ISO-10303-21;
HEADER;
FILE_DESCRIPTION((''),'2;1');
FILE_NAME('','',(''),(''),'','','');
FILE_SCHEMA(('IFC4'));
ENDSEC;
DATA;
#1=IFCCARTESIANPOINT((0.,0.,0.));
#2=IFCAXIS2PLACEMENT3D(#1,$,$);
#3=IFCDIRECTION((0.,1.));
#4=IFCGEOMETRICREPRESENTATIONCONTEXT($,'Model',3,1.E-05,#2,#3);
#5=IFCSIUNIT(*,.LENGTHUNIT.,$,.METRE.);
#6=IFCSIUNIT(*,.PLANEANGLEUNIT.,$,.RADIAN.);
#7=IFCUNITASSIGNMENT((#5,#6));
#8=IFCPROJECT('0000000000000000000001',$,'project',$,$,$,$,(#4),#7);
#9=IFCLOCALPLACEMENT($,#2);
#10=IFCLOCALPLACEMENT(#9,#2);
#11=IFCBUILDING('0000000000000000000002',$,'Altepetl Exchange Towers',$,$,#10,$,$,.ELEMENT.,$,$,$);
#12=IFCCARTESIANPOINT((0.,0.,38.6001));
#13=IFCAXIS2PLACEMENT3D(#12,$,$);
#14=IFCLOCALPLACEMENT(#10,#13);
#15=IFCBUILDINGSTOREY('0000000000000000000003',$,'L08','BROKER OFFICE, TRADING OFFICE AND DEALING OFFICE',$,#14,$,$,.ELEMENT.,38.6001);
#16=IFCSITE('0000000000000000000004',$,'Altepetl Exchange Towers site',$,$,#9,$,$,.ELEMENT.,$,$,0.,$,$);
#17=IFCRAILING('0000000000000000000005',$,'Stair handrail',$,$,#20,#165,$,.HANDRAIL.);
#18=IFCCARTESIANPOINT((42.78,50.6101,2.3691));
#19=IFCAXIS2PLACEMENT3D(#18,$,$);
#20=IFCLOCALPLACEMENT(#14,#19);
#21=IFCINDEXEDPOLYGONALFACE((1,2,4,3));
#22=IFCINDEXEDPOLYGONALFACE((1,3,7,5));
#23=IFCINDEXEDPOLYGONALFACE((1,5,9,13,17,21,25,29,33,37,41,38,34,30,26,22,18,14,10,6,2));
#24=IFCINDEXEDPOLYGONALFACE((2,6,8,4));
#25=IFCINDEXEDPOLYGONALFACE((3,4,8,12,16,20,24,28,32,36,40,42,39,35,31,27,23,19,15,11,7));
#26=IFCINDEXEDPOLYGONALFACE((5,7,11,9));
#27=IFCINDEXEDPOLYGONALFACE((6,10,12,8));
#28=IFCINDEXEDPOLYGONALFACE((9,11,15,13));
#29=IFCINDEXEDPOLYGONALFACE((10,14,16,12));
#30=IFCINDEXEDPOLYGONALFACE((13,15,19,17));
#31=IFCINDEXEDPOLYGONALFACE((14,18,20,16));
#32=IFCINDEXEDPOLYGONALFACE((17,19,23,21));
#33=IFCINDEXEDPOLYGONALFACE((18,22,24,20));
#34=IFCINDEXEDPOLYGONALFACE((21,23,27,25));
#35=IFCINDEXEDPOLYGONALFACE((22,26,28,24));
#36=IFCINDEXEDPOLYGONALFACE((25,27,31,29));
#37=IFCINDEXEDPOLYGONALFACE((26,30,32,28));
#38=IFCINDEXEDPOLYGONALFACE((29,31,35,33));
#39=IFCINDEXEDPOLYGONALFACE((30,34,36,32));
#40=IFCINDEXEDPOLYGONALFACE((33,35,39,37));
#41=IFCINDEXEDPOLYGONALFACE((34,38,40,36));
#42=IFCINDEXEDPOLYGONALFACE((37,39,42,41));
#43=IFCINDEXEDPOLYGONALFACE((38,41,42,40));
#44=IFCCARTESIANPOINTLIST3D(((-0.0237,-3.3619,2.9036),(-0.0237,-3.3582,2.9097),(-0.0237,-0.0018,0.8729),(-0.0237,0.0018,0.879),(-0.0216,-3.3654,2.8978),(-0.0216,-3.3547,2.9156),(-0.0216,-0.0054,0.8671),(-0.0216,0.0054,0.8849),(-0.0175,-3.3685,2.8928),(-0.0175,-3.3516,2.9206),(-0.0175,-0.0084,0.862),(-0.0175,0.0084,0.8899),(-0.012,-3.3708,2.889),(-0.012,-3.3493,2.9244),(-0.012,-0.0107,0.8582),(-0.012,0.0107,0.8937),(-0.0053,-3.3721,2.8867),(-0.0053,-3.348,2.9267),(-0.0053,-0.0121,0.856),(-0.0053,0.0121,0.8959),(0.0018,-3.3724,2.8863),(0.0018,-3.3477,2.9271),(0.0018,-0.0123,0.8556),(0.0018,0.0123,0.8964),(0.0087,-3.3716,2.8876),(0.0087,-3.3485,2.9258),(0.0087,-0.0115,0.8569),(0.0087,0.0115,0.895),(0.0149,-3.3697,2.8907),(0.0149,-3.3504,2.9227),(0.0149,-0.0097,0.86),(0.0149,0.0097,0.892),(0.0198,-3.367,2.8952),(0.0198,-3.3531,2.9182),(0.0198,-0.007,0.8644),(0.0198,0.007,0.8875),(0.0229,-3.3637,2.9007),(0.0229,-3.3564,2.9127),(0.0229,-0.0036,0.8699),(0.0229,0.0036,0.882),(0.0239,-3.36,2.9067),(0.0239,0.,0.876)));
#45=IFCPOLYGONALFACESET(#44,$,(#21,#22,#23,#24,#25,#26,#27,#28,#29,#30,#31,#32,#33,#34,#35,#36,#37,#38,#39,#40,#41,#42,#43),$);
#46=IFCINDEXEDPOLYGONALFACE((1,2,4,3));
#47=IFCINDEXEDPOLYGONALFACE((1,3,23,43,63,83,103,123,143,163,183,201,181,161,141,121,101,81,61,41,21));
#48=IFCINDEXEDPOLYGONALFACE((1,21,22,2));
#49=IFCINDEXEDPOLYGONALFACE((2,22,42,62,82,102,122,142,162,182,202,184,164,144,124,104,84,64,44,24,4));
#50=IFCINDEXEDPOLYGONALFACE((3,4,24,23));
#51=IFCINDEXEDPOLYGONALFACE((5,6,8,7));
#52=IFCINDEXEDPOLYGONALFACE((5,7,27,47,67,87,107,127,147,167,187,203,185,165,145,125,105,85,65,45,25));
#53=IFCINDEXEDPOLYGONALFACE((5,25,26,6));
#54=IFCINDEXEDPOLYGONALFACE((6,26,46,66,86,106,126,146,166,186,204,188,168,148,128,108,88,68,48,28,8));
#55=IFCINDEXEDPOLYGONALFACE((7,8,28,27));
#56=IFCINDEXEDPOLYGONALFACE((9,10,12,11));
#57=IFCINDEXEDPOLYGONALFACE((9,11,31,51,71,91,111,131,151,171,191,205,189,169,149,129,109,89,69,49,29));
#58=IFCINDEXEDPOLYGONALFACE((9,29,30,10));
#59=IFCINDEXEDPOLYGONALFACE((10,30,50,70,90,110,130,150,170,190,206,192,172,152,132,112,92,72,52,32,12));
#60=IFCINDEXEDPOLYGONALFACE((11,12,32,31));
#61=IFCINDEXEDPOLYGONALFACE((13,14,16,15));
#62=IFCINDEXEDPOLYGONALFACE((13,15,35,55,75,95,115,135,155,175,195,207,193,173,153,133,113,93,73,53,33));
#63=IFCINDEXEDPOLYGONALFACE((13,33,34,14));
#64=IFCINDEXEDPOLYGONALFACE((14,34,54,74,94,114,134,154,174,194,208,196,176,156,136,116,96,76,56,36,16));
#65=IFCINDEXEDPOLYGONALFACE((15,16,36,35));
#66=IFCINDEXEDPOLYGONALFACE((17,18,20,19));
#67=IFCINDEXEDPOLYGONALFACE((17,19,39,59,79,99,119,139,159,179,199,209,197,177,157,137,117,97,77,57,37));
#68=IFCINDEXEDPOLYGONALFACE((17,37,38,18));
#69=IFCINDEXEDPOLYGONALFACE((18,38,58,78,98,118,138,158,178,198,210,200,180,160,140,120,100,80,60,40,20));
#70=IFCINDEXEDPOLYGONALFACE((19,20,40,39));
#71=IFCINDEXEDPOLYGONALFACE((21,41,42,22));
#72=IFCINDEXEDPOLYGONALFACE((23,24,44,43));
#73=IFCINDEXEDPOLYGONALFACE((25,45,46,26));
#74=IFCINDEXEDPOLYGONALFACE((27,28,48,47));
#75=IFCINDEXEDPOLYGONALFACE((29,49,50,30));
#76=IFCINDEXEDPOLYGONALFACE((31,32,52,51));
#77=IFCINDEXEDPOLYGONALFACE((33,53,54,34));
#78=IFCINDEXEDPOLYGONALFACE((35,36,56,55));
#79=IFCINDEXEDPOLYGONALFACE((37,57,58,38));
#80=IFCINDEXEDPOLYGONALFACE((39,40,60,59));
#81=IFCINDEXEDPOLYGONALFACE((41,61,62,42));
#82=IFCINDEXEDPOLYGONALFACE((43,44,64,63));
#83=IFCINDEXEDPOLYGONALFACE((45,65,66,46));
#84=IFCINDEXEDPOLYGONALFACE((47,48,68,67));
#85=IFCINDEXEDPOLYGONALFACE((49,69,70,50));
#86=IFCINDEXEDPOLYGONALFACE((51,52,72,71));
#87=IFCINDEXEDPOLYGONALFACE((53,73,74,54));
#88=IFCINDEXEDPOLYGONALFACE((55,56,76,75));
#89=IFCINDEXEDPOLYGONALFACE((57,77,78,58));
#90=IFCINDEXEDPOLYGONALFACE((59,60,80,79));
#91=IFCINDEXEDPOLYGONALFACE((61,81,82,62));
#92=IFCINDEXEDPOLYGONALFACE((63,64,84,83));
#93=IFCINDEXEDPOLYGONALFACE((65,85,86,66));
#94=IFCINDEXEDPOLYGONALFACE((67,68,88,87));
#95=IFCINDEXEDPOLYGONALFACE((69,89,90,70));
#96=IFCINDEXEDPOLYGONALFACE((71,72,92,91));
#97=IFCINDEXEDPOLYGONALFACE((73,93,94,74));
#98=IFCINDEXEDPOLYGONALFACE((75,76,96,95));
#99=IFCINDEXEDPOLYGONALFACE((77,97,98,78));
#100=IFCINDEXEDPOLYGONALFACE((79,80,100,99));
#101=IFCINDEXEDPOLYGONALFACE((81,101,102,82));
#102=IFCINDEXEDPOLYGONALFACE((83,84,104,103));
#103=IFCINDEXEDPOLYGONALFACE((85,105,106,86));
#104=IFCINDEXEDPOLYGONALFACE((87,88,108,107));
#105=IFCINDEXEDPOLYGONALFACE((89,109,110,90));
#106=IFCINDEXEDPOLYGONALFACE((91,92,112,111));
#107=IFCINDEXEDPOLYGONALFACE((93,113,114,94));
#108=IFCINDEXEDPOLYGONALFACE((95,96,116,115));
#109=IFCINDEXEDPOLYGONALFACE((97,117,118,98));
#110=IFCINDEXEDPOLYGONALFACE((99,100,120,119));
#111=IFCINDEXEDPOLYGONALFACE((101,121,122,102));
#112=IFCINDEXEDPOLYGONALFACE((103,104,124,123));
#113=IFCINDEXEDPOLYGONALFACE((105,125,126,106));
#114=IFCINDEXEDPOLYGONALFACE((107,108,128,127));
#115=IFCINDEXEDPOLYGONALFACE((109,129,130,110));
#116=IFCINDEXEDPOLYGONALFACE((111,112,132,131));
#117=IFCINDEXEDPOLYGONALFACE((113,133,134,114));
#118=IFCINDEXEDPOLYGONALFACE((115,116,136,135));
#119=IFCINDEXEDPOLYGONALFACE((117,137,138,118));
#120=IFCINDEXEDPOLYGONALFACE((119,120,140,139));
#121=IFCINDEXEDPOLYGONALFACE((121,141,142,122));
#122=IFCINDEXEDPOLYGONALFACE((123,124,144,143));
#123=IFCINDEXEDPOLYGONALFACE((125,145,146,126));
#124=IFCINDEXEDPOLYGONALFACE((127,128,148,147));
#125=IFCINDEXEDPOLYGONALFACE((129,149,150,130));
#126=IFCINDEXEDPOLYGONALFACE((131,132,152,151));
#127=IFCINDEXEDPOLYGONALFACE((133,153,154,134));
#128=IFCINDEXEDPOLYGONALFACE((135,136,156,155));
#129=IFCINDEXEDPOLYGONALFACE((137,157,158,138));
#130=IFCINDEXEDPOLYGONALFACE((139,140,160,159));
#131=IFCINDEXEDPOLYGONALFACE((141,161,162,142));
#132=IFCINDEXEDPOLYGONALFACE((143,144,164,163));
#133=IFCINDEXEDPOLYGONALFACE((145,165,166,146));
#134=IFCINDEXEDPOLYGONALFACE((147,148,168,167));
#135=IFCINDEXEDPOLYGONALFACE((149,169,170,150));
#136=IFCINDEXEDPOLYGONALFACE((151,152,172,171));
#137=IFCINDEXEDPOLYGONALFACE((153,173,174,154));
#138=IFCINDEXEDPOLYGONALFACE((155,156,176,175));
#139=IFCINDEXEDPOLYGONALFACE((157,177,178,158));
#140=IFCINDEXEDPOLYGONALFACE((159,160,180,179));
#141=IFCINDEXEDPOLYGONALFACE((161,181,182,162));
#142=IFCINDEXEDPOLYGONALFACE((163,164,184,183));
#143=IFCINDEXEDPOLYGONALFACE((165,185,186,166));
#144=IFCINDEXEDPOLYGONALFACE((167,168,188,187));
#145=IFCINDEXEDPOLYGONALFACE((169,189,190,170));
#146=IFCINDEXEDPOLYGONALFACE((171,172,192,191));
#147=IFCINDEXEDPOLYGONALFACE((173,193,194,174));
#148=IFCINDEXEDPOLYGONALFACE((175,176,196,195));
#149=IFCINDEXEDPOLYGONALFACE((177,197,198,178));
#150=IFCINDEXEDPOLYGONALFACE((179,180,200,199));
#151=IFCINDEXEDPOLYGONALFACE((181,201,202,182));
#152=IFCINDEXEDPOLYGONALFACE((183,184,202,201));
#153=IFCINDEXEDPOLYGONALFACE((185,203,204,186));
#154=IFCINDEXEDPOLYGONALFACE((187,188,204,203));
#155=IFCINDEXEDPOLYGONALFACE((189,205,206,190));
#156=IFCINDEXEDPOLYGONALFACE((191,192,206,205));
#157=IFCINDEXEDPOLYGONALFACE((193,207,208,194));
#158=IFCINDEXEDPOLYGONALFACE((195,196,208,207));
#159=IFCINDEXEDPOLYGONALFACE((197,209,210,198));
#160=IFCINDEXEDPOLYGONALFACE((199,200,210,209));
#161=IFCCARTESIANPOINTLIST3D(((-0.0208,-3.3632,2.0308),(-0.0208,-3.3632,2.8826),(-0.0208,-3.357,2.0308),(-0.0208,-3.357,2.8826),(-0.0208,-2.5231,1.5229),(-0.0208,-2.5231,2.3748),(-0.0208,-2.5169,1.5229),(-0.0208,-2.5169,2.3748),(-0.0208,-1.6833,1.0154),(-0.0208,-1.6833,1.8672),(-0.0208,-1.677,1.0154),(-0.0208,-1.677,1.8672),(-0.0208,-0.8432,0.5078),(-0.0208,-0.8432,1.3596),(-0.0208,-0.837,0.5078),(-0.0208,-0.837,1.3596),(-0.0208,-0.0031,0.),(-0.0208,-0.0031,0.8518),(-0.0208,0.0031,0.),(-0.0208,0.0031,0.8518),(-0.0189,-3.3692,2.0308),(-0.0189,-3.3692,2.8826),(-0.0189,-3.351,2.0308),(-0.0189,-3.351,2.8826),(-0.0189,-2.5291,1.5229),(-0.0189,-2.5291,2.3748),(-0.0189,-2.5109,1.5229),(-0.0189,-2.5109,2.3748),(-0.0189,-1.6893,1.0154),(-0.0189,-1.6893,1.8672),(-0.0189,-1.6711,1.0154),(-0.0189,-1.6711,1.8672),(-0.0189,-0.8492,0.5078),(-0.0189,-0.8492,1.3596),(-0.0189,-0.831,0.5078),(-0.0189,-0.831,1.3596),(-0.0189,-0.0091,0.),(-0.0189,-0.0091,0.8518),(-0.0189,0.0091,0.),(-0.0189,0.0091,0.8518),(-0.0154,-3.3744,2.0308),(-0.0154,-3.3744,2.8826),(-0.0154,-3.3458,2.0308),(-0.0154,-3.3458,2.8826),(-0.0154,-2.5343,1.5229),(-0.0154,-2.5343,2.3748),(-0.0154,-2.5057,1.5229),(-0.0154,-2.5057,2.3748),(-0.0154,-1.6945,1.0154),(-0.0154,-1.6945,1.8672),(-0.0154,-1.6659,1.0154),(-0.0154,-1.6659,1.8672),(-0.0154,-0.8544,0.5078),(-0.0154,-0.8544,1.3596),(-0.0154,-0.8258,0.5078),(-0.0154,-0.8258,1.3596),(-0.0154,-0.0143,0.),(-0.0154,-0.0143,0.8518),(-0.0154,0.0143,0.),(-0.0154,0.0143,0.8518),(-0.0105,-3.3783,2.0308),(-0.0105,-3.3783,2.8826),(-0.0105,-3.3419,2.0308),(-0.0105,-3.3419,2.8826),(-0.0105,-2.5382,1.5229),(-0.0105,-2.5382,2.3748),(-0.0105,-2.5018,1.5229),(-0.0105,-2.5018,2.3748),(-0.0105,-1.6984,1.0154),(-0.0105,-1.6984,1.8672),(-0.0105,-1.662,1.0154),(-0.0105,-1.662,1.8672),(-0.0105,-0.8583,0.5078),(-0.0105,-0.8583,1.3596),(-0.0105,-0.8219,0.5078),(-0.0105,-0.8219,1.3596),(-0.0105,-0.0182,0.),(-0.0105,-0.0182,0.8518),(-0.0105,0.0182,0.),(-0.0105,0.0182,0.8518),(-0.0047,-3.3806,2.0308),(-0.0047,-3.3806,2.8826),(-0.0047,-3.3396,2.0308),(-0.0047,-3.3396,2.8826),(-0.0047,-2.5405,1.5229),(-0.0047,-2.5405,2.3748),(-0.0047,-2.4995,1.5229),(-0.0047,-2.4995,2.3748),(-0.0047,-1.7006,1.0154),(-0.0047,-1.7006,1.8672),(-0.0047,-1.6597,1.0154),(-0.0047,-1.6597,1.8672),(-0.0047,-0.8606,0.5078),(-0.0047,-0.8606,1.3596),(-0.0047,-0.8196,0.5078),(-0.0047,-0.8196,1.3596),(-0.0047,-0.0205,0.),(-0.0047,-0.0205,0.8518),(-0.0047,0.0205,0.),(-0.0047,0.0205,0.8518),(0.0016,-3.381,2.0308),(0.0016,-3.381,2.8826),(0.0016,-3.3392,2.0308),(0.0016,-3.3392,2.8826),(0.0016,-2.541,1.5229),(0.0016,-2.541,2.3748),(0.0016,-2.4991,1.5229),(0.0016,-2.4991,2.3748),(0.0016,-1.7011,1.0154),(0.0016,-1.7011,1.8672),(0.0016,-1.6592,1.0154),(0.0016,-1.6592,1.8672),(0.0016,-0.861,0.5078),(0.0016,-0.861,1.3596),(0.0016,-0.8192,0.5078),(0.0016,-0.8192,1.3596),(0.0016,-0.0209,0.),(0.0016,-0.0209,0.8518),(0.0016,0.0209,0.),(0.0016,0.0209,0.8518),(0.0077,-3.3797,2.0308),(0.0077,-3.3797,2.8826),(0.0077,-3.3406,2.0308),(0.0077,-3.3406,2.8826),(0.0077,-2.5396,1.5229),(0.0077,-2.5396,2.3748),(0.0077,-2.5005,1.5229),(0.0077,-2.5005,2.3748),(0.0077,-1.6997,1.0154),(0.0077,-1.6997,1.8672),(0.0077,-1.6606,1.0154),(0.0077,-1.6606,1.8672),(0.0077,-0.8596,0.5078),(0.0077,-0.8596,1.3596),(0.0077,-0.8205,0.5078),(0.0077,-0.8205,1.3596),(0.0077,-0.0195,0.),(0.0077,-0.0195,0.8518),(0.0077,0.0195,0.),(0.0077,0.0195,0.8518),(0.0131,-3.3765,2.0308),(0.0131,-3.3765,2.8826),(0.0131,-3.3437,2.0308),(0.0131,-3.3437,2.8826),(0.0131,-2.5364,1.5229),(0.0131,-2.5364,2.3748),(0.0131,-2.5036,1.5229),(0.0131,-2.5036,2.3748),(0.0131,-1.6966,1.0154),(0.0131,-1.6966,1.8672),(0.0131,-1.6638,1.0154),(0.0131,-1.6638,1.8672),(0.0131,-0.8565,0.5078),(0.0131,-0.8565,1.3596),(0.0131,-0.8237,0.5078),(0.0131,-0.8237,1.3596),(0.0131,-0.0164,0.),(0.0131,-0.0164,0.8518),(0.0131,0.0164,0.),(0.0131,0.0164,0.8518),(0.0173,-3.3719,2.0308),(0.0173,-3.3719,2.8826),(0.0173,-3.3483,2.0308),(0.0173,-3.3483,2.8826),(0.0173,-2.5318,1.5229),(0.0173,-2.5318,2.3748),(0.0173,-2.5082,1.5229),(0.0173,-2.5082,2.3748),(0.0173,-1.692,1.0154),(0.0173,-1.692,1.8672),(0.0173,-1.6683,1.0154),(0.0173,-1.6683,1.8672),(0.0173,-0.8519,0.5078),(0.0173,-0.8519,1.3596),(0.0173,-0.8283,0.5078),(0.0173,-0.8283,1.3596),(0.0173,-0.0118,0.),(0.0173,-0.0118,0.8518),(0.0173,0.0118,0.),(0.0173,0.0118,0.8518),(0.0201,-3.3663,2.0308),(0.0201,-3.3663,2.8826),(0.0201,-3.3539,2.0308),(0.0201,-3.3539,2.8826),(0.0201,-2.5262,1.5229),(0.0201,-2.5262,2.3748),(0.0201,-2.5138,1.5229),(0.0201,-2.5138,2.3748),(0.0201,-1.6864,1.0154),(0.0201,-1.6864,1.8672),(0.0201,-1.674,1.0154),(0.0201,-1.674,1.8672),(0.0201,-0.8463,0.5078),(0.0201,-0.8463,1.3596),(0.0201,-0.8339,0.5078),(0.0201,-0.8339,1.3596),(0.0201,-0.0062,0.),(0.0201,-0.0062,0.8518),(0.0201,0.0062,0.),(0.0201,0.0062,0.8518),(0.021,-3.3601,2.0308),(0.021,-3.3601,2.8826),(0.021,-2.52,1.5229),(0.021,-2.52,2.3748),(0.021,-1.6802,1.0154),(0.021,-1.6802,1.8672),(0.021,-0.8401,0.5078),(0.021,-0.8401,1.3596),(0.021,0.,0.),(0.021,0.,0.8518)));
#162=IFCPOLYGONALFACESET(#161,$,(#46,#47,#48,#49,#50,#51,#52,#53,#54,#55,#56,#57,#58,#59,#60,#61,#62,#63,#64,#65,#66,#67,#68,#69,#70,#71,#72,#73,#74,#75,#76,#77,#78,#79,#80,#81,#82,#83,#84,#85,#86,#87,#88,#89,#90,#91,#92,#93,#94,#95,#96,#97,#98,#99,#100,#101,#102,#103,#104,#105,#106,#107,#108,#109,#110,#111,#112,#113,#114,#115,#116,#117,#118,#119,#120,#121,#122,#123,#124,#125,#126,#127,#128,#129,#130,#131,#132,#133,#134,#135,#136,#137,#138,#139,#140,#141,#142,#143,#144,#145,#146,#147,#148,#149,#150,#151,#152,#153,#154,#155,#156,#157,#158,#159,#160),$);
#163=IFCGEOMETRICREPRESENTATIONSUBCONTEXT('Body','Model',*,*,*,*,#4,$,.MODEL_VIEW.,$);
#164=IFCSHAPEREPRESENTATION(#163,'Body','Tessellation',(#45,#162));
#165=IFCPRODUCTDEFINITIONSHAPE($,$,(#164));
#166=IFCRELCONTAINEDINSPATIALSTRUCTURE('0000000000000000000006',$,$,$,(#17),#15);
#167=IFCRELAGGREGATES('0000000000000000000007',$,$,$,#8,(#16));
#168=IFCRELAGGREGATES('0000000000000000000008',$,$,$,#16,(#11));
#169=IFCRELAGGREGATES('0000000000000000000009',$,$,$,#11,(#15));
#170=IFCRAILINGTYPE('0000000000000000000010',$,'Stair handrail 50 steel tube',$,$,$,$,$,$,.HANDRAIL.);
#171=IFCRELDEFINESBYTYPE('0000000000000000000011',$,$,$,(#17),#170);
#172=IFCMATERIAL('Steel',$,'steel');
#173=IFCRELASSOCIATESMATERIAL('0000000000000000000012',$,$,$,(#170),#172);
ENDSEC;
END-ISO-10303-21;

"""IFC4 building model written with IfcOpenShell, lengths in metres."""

from ifc_helpers import new_model, si_unit, direction, frame, origin, origin_2d, place, context, subcontext, project, spatial, circle, extrude, source, transform, mapped, material, type_object, element, save


model = new_model("IFC4")

# Units and contexts
model_context = context("Model", 3, precision=1e-05, world=origin(), true_north=direction((0.0, 1.0)))
body_context = subcontext(model_context, "Body", "Model", "MODEL_VIEW")
ifc_project = project(units=[si_unit("LENGTHUNIT", "METRE"), si_unit("PLANEANGLEUNIT", "RADIAN")], contexts=[model_context])

# Site, building, storey
site_placement = place(None, origin())
site = spatial("IfcSite", under=ifc_project, at=site_placement, Name="Altepetl Exchange Towers site", CompositionType="ELEMENT", RefElevation=0.0)
building_placement = place(site_placement, origin())
building = spatial("IfcBuilding", under=site, at=building_placement, Name="Altepetl Exchange Towers", CompositionType="ELEMENT")
storey_placement = place(building_placement, frame((0.0, 0.0, 38.6001)))
storey = spatial("IfcBuildingStorey", under=building, at=storey_placement, Name="L08", Description="BROKER OFFICE, TRADING OFFICE AND DEALING OFFICE", CompositionType="ELEMENT", Elevation=38.6001)

# Railing
ifc_material_1 = material(Name="Steel", Category="steel")
railing_type = type_object("IfcRailingType", Name="Stair handrail 50 steel tube", PredefinedType="HANDRAIL", material=ifc_material_1)
shared_shape = source(origin(), body_context, "Body", "SweptSolid", [
    extrude(circle(Radius=0.021, at=origin_2d()), origin(), (0.0, 0.0, 1.0), 0.8518),
])
railing_1_placement = place(storey_placement, frame((42.78, 50.6101, 2.3691)))
element("IfcRailing", 1, at=railing_1_placement, inside=storey, type_object=railing_type, Name="Stair handrail", PredefinedType="HANDRAIL", context=body_context, shape_type="SweptSolid", body=[
    extrude(circle(Radius=0.0239, at=origin_2d()), frame((0.0, 0.0, 0.876), z_axis=(0.0, -0.855837, 0.517246), x_axis=(1.0, 0.0, 0.0)), (0.0, 0.0, 1.0), 3.926),
    mapped(shared_shape, transform((0.0, 0.0, 0.0))),
    mapped(shared_shape, transform((0.0, -0.8401, 0.5078))),
    mapped(shared_shape, transform((0.0, -1.6802, 1.0154))),
    mapped(shared_shape, transform((0.0, -2.52, 1.5229))),
    mapped(shared_shape, transform((0.0, -3.3601, 2.0308))),
])

save(model, "model.ifc")
